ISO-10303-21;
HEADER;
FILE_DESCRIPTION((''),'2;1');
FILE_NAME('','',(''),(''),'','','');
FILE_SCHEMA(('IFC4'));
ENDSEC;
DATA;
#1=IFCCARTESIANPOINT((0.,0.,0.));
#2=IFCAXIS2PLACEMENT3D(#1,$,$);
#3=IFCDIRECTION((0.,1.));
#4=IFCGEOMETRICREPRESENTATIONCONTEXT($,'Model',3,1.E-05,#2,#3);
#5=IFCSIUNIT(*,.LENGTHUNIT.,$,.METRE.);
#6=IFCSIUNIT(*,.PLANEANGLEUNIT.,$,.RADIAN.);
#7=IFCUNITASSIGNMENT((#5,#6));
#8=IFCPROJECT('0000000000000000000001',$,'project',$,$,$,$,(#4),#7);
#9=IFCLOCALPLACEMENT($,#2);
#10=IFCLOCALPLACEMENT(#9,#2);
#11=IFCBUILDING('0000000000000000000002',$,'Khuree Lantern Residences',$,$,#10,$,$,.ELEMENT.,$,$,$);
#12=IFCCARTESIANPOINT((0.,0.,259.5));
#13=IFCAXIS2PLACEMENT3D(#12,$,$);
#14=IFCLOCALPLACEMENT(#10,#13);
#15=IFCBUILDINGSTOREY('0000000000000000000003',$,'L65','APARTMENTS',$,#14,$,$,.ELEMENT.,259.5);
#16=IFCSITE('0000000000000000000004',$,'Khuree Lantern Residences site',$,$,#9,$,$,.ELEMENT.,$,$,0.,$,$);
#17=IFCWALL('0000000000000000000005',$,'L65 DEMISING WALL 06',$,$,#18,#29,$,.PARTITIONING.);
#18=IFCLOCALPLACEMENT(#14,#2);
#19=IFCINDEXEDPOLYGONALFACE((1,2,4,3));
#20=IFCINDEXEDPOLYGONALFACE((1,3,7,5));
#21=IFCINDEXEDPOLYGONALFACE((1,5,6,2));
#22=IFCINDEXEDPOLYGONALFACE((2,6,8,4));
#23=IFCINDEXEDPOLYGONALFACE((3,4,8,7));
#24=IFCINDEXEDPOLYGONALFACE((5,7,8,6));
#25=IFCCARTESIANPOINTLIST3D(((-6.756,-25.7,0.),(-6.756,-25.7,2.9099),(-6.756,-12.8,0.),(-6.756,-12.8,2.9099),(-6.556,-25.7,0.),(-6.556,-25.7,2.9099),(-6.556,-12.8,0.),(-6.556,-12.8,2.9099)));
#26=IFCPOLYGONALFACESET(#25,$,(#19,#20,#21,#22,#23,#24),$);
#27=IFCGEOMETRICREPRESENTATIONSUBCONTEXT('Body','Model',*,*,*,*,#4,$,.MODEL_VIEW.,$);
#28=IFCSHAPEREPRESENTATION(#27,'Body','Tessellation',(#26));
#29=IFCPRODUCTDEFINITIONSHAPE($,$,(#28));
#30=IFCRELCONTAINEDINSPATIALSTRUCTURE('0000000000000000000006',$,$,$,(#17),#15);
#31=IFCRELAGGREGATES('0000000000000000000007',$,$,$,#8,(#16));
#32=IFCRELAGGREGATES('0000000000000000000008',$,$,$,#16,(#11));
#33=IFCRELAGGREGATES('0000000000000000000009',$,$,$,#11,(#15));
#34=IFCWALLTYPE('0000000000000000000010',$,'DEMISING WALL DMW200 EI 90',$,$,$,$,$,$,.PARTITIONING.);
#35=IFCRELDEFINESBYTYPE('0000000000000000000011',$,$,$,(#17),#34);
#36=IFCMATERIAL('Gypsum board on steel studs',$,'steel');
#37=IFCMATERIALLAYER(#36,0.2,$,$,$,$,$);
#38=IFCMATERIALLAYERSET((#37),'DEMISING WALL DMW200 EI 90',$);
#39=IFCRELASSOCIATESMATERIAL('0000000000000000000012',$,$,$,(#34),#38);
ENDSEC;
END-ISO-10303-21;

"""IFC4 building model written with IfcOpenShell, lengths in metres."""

from ifc_helpers import new_model, si_unit, direction, frame, frame_2d, origin, place, context, subcontext, project, spatial, rectangle, extrude, material, layer, layer_set, type_object, element, save


model = new_model("IFC4")

# Units and contexts
model_context = context("Model", 3, precision=1e-05, world=origin(), true_north=direction((0.0, 1.0)))
body_context = subcontext(model_context, "Body", "Model", "MODEL_VIEW")
ifc_project = project(units=[si_unit("LENGTHUNIT", "METRE"), si_unit("PLANEANGLEUNIT", "RADIAN")], contexts=[model_context])

# Site, building, storey
site_placement = place(None, origin())
site = spatial("IfcSite", under=ifc_project, at=site_placement, Name="Khuree Lantern Residences site", CompositionType="ELEMENT", RefElevation=0.0)
building_placement = place(site_placement, origin())
building = spatial("IfcBuilding", under=site, at=building_placement, Name="Khuree Lantern Residences", CompositionType="ELEMENT")
storey_placement = place(building_placement, frame((0.0, 0.0, 259.5)))
storey = spatial("IfcBuildingStorey", under=building, at=storey_placement, Name="L65", Description="APARTMENTS", CompositionType="ELEMENT", Elevation=259.5)

# Wall
ifc_material_1 = material(Name="Gypsum board on steel studs", Category="steel")
ifc_layer_1 = layer(ifc_material_1, 0.2)
ifc_layer_set_1 = layer_set([ifc_layer_1], Name="DEMISING WALL DMW200 EI 90")
wall_type_1 = type_object("IfcWallType", Name="DEMISING WALL DMW200 EI 90", PredefinedType="PARTITIONING", material=ifc_layer_set_1)
wall_1_placement = place(storey_placement, frame((-6.656, -12.8, 0.0), z_axis=(0.0, 0.0, 1.0), x_axis=(0.0, -1.0, 0.0)))
element("IfcWall", 1, at=wall_1_placement, inside=storey, type_object=wall_type_1, Name="L65 DEMISING WALL 06", PredefinedType="PARTITIONING", context=body_context, shape_type="SweptSolid", body=[
    extrude(rectangle(XDim=12.8999, YDim=0.2, at=frame_2d((6.45, 0.0))), origin(), (0.0, 0.0, 1.0), 2.9099),
])

save(model, "model.ifc")
